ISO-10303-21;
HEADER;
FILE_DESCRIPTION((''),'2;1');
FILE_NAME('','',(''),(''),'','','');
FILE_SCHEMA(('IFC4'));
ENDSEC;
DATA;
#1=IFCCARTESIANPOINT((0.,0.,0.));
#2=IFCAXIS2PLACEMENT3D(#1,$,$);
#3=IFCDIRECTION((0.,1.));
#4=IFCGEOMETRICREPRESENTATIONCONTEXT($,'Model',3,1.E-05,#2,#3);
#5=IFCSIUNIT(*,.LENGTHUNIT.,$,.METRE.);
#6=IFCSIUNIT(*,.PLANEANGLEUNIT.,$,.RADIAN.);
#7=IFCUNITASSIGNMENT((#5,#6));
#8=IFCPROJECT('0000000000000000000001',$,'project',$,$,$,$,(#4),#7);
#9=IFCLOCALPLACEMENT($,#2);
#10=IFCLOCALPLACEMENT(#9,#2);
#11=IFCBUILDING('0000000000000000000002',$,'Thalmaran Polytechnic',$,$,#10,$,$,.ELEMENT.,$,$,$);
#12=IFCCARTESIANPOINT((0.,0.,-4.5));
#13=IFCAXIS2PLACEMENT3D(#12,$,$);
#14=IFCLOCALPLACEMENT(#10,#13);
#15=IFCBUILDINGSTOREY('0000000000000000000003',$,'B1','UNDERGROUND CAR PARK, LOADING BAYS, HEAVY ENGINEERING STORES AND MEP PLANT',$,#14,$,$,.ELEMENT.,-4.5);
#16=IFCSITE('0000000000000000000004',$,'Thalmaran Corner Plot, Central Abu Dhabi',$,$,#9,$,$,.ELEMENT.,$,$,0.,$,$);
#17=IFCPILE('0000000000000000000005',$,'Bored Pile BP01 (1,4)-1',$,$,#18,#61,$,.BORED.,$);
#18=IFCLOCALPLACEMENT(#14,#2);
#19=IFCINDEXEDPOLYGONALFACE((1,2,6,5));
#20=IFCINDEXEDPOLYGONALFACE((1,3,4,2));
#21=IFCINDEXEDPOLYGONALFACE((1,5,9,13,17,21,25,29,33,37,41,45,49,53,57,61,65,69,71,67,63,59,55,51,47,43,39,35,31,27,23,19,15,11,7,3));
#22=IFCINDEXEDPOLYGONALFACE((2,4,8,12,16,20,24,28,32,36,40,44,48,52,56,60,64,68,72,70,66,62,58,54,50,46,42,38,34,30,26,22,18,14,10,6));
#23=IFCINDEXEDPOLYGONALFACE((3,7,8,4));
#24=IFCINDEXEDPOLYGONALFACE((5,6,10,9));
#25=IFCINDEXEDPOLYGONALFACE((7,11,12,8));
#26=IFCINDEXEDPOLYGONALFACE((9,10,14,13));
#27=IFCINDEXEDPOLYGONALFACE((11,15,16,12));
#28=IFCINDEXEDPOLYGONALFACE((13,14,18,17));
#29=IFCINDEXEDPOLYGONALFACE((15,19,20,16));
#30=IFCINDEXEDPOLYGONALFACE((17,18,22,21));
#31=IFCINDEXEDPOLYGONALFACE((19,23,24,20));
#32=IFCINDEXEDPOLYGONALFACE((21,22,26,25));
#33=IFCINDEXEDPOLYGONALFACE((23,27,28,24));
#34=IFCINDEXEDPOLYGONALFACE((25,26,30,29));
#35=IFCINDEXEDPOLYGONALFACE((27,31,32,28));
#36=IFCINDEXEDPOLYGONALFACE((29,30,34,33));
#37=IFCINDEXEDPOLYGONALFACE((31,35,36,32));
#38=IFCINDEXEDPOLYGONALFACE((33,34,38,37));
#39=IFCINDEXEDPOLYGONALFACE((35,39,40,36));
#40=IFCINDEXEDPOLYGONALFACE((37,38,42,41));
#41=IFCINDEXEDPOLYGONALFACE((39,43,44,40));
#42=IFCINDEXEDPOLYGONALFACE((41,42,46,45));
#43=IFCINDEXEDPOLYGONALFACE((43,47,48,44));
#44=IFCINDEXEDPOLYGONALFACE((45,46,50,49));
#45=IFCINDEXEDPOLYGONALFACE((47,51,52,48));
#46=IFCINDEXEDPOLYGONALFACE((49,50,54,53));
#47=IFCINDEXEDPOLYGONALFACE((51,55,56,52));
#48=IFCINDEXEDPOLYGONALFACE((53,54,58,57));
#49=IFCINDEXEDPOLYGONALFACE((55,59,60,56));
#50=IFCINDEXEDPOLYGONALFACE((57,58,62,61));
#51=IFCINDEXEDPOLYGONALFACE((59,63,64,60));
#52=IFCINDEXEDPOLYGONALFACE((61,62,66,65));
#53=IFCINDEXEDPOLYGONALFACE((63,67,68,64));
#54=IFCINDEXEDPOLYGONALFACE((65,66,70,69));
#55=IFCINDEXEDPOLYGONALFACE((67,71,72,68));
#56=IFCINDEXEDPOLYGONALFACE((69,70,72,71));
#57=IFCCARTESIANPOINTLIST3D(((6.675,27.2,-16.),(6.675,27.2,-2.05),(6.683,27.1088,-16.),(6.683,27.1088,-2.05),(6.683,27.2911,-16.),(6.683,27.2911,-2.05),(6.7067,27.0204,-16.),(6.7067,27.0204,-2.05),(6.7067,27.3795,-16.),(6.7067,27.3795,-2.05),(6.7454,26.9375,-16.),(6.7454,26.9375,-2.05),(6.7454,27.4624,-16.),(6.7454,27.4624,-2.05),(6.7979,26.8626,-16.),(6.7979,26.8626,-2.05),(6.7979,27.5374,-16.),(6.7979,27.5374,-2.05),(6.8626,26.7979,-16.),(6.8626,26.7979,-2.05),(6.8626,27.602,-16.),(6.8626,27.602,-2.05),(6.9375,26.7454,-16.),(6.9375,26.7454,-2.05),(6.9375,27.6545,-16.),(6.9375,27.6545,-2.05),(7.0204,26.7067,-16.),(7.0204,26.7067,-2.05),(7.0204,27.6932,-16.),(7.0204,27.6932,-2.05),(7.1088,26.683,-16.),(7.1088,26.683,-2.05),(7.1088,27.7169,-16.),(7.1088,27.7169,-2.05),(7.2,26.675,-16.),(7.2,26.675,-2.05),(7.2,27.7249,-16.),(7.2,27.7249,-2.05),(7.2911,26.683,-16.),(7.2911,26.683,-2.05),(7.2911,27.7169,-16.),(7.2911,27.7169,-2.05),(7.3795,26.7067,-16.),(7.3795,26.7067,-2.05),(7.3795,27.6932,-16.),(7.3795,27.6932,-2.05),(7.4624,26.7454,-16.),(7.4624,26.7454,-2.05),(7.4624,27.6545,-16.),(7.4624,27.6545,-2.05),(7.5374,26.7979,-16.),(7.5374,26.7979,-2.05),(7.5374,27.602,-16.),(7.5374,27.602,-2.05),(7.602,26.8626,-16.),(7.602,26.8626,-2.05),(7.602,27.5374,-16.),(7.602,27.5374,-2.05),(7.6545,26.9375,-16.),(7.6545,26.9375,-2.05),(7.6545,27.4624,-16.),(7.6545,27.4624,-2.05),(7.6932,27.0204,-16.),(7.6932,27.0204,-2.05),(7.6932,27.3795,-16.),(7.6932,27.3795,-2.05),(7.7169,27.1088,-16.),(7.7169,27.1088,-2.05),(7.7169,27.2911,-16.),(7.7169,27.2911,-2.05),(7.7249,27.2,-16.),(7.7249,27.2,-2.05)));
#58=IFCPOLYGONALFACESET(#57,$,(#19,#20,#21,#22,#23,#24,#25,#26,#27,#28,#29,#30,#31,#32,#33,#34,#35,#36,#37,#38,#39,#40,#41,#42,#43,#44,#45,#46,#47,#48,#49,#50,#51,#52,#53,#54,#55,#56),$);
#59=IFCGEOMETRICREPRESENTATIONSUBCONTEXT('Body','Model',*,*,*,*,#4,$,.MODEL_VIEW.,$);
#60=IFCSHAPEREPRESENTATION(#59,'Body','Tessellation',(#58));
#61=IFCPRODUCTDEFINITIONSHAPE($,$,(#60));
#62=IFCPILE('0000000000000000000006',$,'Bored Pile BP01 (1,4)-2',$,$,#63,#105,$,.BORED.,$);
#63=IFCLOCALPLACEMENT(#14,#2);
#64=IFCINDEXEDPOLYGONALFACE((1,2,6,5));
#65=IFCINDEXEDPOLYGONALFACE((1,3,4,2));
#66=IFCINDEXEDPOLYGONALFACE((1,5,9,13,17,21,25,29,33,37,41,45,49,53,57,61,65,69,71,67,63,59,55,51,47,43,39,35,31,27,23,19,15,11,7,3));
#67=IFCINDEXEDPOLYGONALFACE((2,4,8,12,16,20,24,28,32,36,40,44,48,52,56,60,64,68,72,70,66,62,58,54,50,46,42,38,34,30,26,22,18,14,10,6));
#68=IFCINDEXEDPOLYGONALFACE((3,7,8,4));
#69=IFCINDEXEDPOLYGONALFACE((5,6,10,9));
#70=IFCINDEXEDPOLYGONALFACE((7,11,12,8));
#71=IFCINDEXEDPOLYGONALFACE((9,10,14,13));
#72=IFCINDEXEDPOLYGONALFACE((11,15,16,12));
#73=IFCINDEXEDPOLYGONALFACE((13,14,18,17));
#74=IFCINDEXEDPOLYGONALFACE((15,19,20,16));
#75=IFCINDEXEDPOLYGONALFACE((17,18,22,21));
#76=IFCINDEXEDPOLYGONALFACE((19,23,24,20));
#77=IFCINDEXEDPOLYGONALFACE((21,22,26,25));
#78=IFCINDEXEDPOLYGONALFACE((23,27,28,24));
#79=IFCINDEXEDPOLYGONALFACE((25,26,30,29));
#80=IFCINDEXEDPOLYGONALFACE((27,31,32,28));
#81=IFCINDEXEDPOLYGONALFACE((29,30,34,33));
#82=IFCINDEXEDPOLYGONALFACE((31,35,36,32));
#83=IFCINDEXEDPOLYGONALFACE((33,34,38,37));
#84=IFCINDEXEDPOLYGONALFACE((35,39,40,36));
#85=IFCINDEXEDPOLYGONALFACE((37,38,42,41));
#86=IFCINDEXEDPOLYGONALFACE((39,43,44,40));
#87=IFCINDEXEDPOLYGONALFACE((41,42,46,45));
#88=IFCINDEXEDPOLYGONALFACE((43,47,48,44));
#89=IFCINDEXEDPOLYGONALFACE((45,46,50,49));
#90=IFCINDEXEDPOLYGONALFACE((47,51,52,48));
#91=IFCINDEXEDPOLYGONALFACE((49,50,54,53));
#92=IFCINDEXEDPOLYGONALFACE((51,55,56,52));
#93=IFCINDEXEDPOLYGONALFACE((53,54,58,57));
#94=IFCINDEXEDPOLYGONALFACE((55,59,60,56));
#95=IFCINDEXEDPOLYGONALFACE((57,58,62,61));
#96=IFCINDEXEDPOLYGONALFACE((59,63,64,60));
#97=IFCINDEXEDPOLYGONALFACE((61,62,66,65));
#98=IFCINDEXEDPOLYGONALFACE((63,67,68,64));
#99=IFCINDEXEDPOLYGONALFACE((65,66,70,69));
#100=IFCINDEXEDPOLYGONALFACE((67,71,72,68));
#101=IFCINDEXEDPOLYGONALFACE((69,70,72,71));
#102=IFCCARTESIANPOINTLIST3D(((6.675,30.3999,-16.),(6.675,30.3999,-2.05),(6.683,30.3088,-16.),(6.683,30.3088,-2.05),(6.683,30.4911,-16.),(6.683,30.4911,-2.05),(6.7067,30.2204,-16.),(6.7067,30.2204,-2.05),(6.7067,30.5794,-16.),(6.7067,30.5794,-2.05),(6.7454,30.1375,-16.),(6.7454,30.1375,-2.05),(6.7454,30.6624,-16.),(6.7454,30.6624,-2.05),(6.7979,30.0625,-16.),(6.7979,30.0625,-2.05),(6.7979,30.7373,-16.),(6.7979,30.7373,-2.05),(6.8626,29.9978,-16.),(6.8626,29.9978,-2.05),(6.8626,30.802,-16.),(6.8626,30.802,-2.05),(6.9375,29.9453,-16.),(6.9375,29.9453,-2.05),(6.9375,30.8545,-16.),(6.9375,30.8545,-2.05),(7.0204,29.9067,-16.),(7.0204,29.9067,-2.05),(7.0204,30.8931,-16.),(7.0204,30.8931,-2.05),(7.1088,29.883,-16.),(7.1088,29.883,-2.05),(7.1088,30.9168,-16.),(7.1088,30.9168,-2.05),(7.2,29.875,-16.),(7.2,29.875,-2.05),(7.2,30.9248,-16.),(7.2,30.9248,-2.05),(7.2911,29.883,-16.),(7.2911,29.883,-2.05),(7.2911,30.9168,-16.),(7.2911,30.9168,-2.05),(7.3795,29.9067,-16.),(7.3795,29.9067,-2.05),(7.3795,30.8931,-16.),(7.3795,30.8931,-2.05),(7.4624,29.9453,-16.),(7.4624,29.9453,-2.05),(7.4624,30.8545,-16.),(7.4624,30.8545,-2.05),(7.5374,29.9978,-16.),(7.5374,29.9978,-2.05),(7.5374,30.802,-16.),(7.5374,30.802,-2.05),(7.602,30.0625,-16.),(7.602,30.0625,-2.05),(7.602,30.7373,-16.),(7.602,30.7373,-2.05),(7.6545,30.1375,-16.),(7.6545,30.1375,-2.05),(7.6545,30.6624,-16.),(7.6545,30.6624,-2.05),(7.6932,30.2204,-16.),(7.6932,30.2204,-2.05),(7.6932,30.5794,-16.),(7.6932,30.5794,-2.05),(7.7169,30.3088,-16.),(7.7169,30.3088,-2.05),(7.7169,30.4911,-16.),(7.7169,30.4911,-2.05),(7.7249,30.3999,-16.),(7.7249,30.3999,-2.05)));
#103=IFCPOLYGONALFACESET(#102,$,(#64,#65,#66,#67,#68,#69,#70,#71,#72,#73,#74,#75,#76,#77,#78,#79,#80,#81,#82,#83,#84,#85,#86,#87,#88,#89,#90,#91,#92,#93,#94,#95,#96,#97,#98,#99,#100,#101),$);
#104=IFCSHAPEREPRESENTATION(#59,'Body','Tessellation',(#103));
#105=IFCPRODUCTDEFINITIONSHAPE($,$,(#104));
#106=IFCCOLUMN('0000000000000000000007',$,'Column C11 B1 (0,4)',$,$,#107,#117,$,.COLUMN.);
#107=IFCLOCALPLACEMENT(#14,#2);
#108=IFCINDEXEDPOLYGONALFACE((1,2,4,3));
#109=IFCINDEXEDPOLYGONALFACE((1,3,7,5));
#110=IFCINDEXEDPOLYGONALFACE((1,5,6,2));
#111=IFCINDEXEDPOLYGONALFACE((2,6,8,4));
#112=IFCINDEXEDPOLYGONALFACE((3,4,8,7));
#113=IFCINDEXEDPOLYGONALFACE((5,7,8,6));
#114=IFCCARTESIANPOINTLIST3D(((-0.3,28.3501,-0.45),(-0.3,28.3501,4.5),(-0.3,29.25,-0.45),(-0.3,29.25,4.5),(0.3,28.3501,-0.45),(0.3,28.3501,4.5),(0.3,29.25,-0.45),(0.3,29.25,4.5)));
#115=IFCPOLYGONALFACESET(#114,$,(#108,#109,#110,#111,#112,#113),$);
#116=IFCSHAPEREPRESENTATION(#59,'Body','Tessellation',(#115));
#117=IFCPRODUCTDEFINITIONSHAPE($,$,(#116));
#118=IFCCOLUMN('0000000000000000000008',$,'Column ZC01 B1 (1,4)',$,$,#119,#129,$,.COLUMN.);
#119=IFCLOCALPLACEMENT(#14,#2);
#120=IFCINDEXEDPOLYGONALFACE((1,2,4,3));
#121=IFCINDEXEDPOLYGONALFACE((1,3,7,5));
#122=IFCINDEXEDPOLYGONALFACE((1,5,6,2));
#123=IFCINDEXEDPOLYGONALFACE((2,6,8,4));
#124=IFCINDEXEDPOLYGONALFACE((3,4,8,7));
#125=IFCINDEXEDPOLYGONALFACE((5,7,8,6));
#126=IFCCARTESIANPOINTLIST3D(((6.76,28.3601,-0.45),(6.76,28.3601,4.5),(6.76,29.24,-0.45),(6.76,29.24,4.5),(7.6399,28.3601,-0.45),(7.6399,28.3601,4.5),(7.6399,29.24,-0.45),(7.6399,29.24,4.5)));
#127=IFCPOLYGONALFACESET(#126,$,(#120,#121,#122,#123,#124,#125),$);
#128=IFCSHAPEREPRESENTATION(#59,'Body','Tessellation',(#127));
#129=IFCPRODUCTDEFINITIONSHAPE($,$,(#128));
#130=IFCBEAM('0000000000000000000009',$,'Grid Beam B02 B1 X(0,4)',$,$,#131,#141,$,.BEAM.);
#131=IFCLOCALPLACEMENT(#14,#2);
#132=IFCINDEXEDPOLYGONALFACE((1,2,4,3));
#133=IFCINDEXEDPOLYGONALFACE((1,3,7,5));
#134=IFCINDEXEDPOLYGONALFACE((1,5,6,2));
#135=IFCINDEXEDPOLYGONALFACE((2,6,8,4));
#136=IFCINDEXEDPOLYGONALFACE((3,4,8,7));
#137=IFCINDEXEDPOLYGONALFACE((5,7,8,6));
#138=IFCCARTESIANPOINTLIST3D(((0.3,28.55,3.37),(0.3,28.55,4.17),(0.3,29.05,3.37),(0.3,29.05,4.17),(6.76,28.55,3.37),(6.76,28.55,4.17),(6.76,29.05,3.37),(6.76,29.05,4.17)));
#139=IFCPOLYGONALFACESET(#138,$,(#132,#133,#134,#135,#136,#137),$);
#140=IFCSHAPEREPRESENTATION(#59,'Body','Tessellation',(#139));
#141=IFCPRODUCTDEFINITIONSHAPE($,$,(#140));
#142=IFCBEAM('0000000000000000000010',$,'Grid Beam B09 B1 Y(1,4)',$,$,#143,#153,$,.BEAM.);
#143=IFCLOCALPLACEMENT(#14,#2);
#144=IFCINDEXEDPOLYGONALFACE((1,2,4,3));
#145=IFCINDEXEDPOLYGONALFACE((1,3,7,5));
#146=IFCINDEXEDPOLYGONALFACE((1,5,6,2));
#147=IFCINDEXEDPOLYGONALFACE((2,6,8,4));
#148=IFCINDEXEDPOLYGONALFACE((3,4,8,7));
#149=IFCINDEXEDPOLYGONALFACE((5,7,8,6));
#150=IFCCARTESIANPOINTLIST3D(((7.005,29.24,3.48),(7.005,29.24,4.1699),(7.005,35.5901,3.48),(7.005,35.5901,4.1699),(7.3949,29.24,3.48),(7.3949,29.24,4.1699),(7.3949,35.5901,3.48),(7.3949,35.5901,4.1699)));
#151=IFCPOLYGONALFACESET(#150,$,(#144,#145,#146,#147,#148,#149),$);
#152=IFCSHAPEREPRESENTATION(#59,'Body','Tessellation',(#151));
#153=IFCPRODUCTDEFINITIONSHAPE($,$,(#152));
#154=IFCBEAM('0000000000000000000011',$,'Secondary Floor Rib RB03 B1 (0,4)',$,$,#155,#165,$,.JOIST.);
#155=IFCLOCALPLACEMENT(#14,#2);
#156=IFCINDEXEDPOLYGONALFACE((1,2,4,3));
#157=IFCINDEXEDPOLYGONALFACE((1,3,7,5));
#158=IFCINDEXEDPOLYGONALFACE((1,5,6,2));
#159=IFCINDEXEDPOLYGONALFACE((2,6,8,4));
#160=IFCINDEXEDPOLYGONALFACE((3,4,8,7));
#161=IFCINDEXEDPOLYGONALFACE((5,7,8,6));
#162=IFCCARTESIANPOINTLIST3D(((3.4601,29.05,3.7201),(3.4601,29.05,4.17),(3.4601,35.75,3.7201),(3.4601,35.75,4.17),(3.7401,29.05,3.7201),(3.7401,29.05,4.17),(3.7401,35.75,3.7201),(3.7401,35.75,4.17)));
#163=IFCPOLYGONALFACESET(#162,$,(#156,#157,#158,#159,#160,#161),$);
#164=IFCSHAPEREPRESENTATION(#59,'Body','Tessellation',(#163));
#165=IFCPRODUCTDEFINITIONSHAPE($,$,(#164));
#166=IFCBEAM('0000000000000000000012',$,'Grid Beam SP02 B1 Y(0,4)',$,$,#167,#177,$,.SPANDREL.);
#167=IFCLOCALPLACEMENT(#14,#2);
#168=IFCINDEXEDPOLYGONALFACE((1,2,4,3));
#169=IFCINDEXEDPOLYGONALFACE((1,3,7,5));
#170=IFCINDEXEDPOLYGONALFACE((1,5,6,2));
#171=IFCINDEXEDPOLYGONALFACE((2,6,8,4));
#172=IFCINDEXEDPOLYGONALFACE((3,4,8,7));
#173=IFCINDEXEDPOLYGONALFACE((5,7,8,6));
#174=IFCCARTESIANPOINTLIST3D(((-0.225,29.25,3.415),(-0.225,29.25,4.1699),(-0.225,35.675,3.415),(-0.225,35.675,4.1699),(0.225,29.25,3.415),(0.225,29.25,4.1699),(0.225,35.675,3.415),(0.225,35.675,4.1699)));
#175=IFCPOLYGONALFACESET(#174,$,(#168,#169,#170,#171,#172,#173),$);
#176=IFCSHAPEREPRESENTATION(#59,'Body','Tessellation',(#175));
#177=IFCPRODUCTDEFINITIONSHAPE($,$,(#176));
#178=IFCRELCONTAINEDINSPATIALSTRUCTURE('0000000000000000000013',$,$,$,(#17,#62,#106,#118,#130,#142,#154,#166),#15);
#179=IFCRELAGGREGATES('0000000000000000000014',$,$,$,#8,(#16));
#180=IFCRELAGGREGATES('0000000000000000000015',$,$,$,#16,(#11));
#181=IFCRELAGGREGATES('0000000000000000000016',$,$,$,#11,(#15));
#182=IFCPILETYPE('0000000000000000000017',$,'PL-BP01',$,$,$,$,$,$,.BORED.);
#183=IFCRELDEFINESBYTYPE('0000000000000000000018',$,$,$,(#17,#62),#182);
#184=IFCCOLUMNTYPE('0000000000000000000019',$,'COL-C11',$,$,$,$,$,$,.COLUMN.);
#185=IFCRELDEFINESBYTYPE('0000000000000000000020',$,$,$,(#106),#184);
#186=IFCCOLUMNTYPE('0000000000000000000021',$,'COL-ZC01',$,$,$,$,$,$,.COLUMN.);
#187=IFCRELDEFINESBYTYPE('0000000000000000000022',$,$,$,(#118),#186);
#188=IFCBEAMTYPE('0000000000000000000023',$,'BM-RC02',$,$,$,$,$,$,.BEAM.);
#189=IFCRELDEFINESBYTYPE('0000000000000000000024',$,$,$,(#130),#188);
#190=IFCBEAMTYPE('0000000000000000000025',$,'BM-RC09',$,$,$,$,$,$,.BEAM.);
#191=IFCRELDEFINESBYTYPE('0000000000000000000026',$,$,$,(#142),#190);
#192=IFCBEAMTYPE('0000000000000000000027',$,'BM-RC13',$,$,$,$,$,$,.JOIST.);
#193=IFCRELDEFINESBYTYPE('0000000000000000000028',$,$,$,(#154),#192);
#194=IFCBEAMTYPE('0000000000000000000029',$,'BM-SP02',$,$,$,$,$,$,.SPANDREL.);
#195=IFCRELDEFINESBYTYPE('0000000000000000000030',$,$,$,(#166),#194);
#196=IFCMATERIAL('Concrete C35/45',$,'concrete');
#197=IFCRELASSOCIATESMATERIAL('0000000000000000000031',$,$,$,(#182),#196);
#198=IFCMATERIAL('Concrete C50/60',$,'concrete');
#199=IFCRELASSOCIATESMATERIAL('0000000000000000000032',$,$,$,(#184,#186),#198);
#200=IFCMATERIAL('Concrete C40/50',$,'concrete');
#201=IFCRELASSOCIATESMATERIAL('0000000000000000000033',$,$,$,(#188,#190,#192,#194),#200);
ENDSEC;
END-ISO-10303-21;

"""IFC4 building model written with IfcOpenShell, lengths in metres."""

from ifc_helpers import new_model, si_unit, direction, frame, origin, origin_2d, place, context, subcontext, project, spatial, rectangle, circle, extrude, material, material_profile, profile_set, type_object, element, save


model = new_model("IFC4")

# Units and contexts
model_context = context("Model", 3, precision=1e-05, world=origin(), true_north=direction((0.0, 1.0)))
body_context = subcontext(model_context, "Body", "Model", "MODEL_VIEW")
ifc_project = project(units=[si_unit("LENGTHUNIT", "METRE"), si_unit("PLANEANGLEUNIT", "RADIAN")], contexts=[model_context])

# Site, building, storey
site_placement = place(None, origin())
site = spatial("IfcSite", under=ifc_project, at=site_placement, Name="Thalmaran Corner Plot, Central Abu Dhabi", CompositionType="ELEMENT", RefElevation=0.0)
building_placement = place(site_placement, origin())
building = spatial("IfcBuilding", under=site, at=building_placement, Name="Thalmaran Polytechnic", CompositionType="ELEMENT")
storey_placement = place(building_placement, frame((0.0, 0.0, -4.5)))
storey = spatial("IfcBuildingStorey", under=building, at=storey_placement, Name="B1", Description="UNDERGROUND CAR PARK, LOADING BAYS, HEAVY ENGINEERING STORES AND MEP PLANT", CompositionType="ELEMENT", Elevation=-4.5)

# Shared definitions
ifc_material_1 = material(Name="Concrete C40/50", Category="concrete")

# Piles
ifc_material_2 = material(Name="Concrete C35/45", Category="concrete")
ifc_material_profile_1 = material_profile(ifc_material_2, circle(Radius=0.5249, at=origin_2d()), Name="RC 1050 DIA")
ifc_profile_set_1 = profile_set([ifc_material_profile_1], Name="Concrete C35/45")
pile_type = type_object("IfcPileType", Name="PL-BP01", PredefinedType="BORED", material=ifc_profile_set_1)
for number, where, z_axis, x_axis, name in (
    (1, (7.2, 27.2, -2.05), (0.0, 0.0, -1.0), (1.0, 0.0, 0.0), "Bored Pile BP01 (1,4)-1"),
    (2, (7.2, 30.3999, -2.05), (0.0, 0.0, -1.0), (1.0, 0.0, 0.0), "Bored Pile BP01 (1,4)-2"),
):
    element("IfcPile", number, at=place(storey_placement, frame(where, z_axis=z_axis, x_axis=x_axis)), inside=storey, type_object=pile_type, Name=name, PredefinedType="BORED", context=body_context, shape_type="SweptSolid", body=[
        extrude(circle(Radius=0.5249, at=origin_2d()), origin(), (0.0, 0.0, 1.0), 13.95),
    ])

# Columns
ifc_material_3 = material(Name="Concrete C50/60", Category="concrete")
ifc_material_profile_2 = material_profile(ifc_material_3, rectangle(XDim=0.6001, YDim=0.8999, at=origin_2d()), Name="RC 600x900")
ifc_profile_set_2 = profile_set([ifc_material_profile_2], Name="Concrete C50/60")
column_type_1 = type_object("IfcColumnType", Name="COL-C11", PredefinedType="COLUMN", material=ifc_profile_set_2)
column_1_placement = place(storey_placement, frame((0.0, 28.8, -0.45), z_axis=(0.0, 0.0, 1.0), x_axis=(1.0, 0.0, 0.0)))
element("IfcColumn", 3, at=column_1_placement, inside=storey, type_object=column_type_1, Name="Column C11 B1 (0,4)", PredefinedType="COLUMN", context=body_context, shape_type="SweptSolid", body=[
    extrude(rectangle(XDim=0.6001, YDim=0.8999, at=origin_2d()), origin(), (0.0, 0.0, 1.0), 4.95),
])
ifc_material_profile_3 = material_profile(ifc_material_3, rectangle(XDim=0.8799, YDim=0.8799, at=origin_2d()), Name="RC 880x880")
ifc_profile_set_3 = profile_set([ifc_material_profile_3], Name="Concrete C50/60")
column_type_2 = type_object("IfcColumnType", Name="COL-ZC01", PredefinedType="COLUMN", material=ifc_profile_set_3)
column_2_placement = place(storey_placement, frame((7.2, 28.8, -0.45), z_axis=(0.0, 0.0, 1.0), x_axis=(1.0, 0.0, 0.0)))
element("IfcColumn", 4, at=column_2_placement, inside=storey, type_object=column_type_2, Name="Column ZC01 B1 (1,4)", PredefinedType="COLUMN", context=body_context, shape_type="SweptSolid", body=[
    extrude(rectangle(XDim=0.8799, YDim=0.8799, at=origin_2d()), origin(), (0.0, 0.0, 1.0), 4.95),
])

# Beams
ifc_material_profile_4 = material_profile(ifc_material_1, rectangle(XDim=0.5, YDim=0.8, at=origin_2d()), Name="RC 500x800")
ifc_profile_set_4 = profile_set([ifc_material_profile_4], Name="Concrete C40/50")
beam_type_1 = type_object("IfcBeamType", Name="BM-RC02", PredefinedType="BEAM", material=ifc_profile_set_4)
beam_1_placement = place(storey_placement, frame((0.3, 28.8, 3.77), z_axis=(1.0, 0.0, 0.0), x_axis=(0.0, 1.0, 0.0)))
element("IfcBeam", 5, at=beam_1_placement, inside=storey, type_object=beam_type_1, Name="Grid Beam B02 B1 X(0,4)", PredefinedType="BEAM", context=body_context, shape_type="SweptSolid", body=[
    extrude(rectangle(XDim=0.5, YDim=0.8, at=origin_2d()), origin(), (0.0, 0.0, 1.0), 6.46),
])
ifc_material_profile_5 = material_profile(ifc_material_1, rectangle(XDim=0.3899, YDim=0.6899, at=origin_2d()), Name="RC 390x690")
ifc_profile_set_5 = profile_set([ifc_material_profile_5], Name="Concrete C40/50")
beam_type_2 = type_object("IfcBeamType", Name="BM-RC09", PredefinedType="BEAM", material=ifc_profile_set_5)
beam_2_placement = place(storey_placement, frame((7.2, 29.24, 3.825), z_axis=(0.0, 1.0, 0.0), x_axis=(-1.0, 0.0, 0.0)))
element("IfcBeam", 6, at=beam_2_placement, inside=storey, type_object=beam_type_2, Name="Grid Beam B09 B1 Y(1,4)", PredefinedType="BEAM", context=body_context, shape_type="SweptSolid", body=[
    extrude(rectangle(XDim=0.3899, YDim=0.6899, at=origin_2d()), origin(), (0.0, 0.0, 1.0), 6.3501),
])
ifc_material_profile_6 = material_profile(ifc_material_1, rectangle(XDim=0.28, YDim=0.45, at=origin_2d()), Name="RC 280x450")
ifc_profile_set_6 = profile_set([ifc_material_profile_6], Name="Concrete C40/50")
beam_type_3 = type_object("IfcBeamType", Name="BM-RC13", PredefinedType="JOIST", material=ifc_profile_set_6)
beam_3_placement = place(storey_placement, frame((3.6001, 29.05, 3.9451), z_axis=(0.0, 1.0, 0.0), x_axis=(-1.0, 0.0, 0.0)))
element("IfcBeam", 7, at=beam_3_placement, inside=storey, type_object=beam_type_3, Name="Secondary Floor Rib RB03 B1 (0,4)", PredefinedType="JOIST", context=body_context, shape_type="SweptSolid", body=[
    extrude(rectangle(XDim=0.28, YDim=0.45, at=origin_2d()), origin(), (0.0, 0.0, 1.0), 6.7),
])
ifc_material_profile_7 = material_profile(ifc_material_1, rectangle(XDim=0.45, YDim=0.7549, at=origin_2d()), Name="RC 450x755")
ifc_profile_set_7 = profile_set([ifc_material_profile_7], Name="Concrete C40/50")
beam_type_4 = type_object("IfcBeamType", Name="BM-SP02", PredefinedType="SPANDREL", material=ifc_profile_set_7)
beam_4_placement = place(storey_placement, frame((0.0, 29.25, 3.7925), z_axis=(0.0, 1.0, 0.0), x_axis=(-1.0, 0.0, 0.0)))
element("IfcBeam", 8, at=beam_4_placement, inside=storey, type_object=beam_type_4, Name="Grid Beam SP02 B1 Y(0,4)", PredefinedType="SPANDREL", context=body_context, shape_type="SweptSolid", body=[
    extrude(rectangle(XDim=0.45, YDim=0.7549, at=origin_2d()), origin(), (0.0, 0.0, 1.0), 6.425),
])

save(model, "model.ifc")
